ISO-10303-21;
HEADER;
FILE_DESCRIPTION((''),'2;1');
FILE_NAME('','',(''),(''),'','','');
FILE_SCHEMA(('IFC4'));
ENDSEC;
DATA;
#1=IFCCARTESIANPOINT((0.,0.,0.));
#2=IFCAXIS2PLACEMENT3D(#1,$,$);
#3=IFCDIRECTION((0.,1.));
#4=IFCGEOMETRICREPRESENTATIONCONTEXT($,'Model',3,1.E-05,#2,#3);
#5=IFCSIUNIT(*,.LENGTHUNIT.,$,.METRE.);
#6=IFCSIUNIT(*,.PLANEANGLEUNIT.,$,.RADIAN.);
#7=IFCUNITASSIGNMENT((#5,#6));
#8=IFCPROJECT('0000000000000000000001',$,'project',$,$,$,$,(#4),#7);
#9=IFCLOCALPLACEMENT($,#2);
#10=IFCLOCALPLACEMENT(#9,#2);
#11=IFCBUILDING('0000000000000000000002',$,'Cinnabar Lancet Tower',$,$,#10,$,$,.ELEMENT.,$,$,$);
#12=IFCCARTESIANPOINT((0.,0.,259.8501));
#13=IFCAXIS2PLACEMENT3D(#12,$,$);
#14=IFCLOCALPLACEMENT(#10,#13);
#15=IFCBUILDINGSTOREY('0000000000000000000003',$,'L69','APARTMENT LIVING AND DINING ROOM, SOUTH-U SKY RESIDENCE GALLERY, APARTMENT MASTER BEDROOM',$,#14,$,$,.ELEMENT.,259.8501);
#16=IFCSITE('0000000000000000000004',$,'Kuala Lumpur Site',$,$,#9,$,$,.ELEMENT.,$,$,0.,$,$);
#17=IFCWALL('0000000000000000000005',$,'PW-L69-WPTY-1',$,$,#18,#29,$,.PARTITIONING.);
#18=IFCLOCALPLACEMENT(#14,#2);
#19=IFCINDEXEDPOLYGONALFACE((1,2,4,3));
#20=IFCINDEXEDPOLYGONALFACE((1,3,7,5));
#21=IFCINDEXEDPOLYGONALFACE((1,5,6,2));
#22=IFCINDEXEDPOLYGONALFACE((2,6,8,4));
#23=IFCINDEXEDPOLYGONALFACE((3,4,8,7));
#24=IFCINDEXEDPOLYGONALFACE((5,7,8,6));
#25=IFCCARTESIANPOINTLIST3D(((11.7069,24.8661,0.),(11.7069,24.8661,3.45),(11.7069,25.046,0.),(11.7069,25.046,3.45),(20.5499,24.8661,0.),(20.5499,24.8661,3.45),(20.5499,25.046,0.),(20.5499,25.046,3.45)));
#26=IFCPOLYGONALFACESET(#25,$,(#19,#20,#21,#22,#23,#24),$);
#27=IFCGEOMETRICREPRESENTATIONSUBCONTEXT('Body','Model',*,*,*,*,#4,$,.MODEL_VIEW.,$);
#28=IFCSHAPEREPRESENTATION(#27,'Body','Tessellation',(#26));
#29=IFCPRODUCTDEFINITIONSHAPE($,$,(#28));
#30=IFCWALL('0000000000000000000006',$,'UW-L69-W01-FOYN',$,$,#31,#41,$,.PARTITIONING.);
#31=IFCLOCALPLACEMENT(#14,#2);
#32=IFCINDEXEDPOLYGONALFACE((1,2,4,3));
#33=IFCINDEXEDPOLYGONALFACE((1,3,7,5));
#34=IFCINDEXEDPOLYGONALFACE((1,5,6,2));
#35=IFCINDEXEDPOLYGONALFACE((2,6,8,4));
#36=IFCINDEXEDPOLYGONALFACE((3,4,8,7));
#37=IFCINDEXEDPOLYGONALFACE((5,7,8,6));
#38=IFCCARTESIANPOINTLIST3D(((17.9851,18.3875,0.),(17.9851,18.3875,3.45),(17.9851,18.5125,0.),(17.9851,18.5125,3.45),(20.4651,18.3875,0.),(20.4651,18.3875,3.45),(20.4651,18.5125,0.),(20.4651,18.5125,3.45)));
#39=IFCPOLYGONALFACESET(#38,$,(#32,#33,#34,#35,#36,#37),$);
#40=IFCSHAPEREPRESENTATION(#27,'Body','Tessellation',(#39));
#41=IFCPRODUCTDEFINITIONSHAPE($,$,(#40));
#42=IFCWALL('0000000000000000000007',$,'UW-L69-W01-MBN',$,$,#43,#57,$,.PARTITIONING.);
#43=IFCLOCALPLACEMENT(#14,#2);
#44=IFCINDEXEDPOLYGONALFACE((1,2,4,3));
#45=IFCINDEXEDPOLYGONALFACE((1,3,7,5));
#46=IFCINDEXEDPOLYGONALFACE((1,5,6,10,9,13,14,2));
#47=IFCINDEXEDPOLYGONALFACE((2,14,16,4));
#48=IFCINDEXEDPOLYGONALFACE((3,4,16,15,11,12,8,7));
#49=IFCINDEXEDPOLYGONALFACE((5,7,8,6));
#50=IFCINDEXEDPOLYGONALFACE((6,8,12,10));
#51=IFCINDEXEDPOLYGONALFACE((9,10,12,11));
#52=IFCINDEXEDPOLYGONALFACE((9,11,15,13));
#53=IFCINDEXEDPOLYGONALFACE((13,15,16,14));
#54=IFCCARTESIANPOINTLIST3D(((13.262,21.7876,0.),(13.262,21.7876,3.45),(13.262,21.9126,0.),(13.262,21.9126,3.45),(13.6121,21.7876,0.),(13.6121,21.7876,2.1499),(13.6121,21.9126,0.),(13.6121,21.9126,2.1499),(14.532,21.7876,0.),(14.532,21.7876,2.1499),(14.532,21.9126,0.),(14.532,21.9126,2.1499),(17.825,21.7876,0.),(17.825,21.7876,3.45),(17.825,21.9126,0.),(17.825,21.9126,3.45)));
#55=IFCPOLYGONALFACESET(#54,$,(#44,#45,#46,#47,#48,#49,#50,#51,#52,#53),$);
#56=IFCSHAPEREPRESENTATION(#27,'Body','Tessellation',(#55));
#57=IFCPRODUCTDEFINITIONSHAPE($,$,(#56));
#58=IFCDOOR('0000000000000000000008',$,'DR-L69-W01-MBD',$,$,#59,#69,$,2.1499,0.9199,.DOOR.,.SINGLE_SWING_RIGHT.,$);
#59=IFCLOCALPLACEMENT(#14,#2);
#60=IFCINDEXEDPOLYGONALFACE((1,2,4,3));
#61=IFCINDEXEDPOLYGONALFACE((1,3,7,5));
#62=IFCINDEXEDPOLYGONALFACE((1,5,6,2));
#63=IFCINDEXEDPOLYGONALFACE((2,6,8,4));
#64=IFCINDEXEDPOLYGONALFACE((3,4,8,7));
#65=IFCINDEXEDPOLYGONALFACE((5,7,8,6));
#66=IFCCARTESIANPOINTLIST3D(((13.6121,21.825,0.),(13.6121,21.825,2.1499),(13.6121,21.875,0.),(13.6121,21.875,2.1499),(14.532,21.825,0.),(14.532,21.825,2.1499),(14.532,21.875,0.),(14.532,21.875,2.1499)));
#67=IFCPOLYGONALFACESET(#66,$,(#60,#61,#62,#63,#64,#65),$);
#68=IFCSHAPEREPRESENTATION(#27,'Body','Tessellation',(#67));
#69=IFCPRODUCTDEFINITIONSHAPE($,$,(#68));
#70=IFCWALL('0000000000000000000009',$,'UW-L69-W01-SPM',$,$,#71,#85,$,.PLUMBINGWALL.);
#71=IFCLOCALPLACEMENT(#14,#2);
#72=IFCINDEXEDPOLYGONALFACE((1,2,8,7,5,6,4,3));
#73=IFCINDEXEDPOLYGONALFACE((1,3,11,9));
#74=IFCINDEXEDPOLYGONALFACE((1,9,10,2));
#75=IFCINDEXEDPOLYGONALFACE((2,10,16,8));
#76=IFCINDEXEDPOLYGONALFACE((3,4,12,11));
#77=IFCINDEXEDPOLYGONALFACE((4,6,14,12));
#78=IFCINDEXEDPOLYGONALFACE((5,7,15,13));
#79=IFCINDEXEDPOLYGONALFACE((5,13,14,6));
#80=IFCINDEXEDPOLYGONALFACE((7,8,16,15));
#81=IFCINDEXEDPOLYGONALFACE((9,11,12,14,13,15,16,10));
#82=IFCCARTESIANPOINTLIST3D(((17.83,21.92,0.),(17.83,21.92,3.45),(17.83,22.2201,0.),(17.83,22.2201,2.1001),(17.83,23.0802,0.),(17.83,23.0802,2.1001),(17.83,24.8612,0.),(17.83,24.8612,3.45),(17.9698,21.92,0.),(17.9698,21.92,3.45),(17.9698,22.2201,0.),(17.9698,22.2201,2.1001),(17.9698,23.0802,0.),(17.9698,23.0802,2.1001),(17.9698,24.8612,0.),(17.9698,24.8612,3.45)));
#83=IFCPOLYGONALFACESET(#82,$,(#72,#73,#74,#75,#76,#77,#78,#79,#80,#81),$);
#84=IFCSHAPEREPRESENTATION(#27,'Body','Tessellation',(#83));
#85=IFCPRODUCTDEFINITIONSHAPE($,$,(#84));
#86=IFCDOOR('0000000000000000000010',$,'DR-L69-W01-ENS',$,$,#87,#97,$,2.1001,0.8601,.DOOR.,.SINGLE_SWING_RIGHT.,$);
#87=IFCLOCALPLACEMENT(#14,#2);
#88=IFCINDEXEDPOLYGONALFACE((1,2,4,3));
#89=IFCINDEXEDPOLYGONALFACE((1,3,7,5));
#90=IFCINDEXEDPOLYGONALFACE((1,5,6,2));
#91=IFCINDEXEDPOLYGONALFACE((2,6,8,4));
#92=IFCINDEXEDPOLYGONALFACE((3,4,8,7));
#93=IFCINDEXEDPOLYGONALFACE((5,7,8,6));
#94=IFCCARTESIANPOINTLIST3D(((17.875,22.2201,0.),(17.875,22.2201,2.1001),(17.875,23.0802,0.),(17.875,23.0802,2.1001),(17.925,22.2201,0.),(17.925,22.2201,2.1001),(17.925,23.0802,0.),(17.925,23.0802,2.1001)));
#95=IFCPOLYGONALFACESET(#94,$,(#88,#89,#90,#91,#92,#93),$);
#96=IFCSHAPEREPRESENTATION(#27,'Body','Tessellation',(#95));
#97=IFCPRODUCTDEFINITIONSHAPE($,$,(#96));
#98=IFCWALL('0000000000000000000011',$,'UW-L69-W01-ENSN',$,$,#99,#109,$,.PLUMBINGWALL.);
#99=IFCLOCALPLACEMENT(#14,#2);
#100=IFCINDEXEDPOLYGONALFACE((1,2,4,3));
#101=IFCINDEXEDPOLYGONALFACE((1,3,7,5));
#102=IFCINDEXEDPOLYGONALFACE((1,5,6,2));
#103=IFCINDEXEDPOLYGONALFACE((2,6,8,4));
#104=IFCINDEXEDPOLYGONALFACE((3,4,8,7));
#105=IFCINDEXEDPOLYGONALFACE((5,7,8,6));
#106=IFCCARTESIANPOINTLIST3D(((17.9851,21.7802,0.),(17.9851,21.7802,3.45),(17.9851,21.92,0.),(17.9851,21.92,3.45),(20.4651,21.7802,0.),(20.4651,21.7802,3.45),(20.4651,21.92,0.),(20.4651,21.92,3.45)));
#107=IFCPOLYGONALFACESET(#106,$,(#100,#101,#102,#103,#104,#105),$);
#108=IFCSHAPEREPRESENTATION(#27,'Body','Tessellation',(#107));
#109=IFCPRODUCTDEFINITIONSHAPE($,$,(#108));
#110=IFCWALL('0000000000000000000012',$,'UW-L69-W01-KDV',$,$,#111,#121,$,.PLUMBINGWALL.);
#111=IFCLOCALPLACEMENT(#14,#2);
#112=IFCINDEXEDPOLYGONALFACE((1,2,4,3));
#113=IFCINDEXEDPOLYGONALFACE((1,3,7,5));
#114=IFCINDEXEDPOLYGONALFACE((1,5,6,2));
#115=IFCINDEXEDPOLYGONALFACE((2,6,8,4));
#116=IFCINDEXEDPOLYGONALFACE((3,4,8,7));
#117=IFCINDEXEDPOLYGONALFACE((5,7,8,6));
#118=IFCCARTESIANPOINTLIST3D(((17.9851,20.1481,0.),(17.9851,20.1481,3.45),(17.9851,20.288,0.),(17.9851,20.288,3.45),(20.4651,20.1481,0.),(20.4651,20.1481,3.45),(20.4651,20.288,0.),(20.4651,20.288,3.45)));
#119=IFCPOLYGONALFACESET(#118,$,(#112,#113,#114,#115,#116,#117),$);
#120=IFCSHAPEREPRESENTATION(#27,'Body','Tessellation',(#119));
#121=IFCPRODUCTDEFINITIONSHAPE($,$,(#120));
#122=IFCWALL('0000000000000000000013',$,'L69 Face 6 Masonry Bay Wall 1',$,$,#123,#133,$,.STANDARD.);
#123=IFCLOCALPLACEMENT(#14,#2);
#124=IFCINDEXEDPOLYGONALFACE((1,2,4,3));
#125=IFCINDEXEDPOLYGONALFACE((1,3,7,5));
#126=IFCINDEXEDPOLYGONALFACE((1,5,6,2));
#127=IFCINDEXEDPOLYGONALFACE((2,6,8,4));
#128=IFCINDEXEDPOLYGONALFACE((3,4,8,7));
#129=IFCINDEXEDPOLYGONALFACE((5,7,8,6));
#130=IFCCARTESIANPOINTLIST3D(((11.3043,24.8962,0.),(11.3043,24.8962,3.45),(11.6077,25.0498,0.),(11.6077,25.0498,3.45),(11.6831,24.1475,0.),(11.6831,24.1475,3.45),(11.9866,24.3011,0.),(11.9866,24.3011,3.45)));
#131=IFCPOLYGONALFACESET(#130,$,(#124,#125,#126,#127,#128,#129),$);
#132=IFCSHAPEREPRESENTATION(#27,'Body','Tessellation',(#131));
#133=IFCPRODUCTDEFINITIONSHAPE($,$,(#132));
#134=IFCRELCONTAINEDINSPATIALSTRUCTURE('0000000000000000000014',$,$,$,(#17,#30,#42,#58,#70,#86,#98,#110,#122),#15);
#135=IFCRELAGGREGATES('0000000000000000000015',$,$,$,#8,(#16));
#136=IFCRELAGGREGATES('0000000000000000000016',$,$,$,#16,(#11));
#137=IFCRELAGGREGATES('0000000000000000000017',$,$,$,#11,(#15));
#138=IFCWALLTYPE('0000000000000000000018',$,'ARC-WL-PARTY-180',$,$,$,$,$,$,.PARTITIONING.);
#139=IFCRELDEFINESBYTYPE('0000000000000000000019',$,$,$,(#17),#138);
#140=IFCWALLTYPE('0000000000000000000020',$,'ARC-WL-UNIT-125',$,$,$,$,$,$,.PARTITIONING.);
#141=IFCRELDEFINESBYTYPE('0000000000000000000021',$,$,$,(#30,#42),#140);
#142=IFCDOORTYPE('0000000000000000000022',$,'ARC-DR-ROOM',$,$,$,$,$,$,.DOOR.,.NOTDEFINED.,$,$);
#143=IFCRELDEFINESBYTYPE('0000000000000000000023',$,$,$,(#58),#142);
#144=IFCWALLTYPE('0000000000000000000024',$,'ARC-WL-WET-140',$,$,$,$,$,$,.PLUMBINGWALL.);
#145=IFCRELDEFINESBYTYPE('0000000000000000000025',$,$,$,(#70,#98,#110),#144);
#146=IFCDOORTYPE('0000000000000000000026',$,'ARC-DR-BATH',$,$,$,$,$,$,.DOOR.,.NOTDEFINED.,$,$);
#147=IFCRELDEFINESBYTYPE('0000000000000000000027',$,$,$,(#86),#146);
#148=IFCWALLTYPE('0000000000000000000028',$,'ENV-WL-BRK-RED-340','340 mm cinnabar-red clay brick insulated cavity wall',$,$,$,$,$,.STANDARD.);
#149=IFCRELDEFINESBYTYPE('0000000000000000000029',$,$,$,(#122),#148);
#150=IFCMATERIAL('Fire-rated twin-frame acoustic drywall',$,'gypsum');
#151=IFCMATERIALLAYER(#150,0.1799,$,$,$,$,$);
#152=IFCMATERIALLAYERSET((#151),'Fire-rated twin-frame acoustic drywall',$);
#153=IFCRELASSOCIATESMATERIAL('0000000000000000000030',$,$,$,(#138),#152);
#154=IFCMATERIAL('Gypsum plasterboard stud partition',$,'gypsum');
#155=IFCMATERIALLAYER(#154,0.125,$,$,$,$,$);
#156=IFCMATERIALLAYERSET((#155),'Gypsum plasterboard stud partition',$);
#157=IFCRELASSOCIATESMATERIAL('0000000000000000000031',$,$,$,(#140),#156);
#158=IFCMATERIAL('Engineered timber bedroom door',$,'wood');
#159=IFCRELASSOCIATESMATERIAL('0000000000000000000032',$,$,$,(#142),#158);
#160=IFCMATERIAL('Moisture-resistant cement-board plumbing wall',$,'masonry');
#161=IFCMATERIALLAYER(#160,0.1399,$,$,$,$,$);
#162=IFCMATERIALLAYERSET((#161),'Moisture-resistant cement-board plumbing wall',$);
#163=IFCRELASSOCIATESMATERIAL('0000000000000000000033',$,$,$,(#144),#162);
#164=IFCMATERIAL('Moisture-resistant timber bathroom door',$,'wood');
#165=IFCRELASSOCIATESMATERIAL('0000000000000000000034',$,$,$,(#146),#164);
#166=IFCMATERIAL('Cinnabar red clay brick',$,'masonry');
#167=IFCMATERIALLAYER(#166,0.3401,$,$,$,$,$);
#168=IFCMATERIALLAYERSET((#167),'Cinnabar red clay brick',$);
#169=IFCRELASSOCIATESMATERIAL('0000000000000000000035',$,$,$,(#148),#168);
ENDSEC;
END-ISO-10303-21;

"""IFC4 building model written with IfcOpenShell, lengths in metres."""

from ifc_helpers import new_model, si_unit, direction, frame, frame_2d, origin, place, context, subcontext, project, spatial, rectangle, extrude, material, layer, layer_set, type_object, element, fill, save


model = new_model("IFC4")

# Units and contexts
model_context = context("Model", 3, precision=1e-05, world=origin(), true_north=direction((0.0, 1.0)))
body_context = subcontext(model_context, "Body", "Model", "MODEL_VIEW")
ifc_project = project(units=[si_unit("LENGTHUNIT", "METRE"), si_unit("PLANEANGLEUNIT", "RADIAN")], contexts=[model_context])

# Site, building, storey
site_placement = place(None, origin())
site = spatial("IfcSite", under=ifc_project, at=site_placement, Name="Kuala Lumpur Site", CompositionType="ELEMENT", RefElevation=0.0)
building_placement = place(site_placement, origin())
building = spatial("IfcBuilding", under=site, at=building_placement, Name="Cinnabar Lancet Tower", CompositionType="ELEMENT")
storey_placement = place(building_placement, frame((0.0, 0.0, 259.8501)))
storey = spatial("IfcBuildingStorey", under=building, at=storey_placement, Name="L69", Description="APARTMENT LIVING AND DINING ROOM, SOUTH-U SKY RESIDENCE GALLERY, APARTMENT MASTER BEDROOM", CompositionType="ELEMENT", Elevation=259.8501)

# Walls
ifc_material_1 = material(Name="Fire-rated twin-frame acoustic drywall", Category="gypsum")
ifc_layer_1 = layer(ifc_material_1, 0.1799)
ifc_layer_set_1 = layer_set([ifc_layer_1], Name="Fire-rated twin-frame acoustic drywall")
wall_type_1 = type_object("IfcWallType", Name="ARC-WL-PARTY-180", PredefinedType="PARTITIONING", material=ifc_layer_set_1)
wall_1_placement = place(storey_placement, frame((11.707, 24.9561, 0.0), z_axis=(0.0, 0.0, 1.0), x_axis=(1.0, 0.0, 0.0)))
element("IfcWall", 1, at=wall_1_placement, inside=storey, type_object=wall_type_1, Name="PW-L69-WPTY-1", PredefinedType="PARTITIONING", context=body_context, shape_type="SweptSolid", body=[
    extrude(rectangle(XDim=8.843, YDim=0.1799, at=frame_2d((4.4214, 0.0))), origin(), (0.0, 0.0, 1.0), 3.45),
])
ifc_material_2 = material(Name="Gypsum plasterboard stud partition", Category="gypsum")
ifc_layer_2 = layer(ifc_material_2, 0.125)
ifc_layer_set_2 = layer_set([ifc_layer_2], Name="Gypsum plasterboard stud partition")
wall_type_2 = type_object("IfcWallType", Name="ARC-WL-UNIT-125", PredefinedType="PARTITIONING", material=ifc_layer_set_2)
wall_2_placement = place(storey_placement, frame((17.9851, 18.45, 0.0), z_axis=(0.0, 0.0, 1.0), x_axis=(1.0, 0.0, 0.0)))
element("IfcWall", 2, at=wall_2_placement, inside=storey, type_object=wall_type_2, Name="UW-L69-W01-FOYN", PredefinedType="PARTITIONING", context=body_context, shape_type="SweptSolid", body=[
    extrude(rectangle(XDim=2.48, YDim=0.125, at=frame_2d((1.24, 0.0))), origin(), (0.0, 0.0, 1.0), 3.45),
])

# Walls, openings, doors
wall_3_placement = place(storey_placement, frame((13.262, 21.8501, 0.0), z_axis=(0.0, 0.0, 1.0), x_axis=(1.0, 0.0, 0.0)))
wall_3 = element("IfcWall", 3, at=wall_3_placement, inside=storey, type_object=wall_type_2, Name="UW-L69-W01-MBN", PredefinedType="PARTITIONING", context=body_context, shape_type="SweptSolid", body=[
    extrude(rectangle(XDim=4.563, YDim=0.125, at=frame_2d((2.2815, 0.0))), origin(), (0.0, 0.0, 1.0), 3.45),
])
opening_1_placement = place(wall_3_placement, frame((0.3501, 0.0, 0.0)))
opening_1 = element("IfcOpeningElement", 4, at=opening_1_placement, cuts=wall_3, PredefinedType="OPENING", context=body_context, shape_type="SweptSolid", body=[
    extrude(rectangle(XDim=0.9199, YDim=2.1499, at=frame_2d((0.46, 1.075))), frame((0.0, 0.0725, 0.0), z_axis=(0.0, -1.0, 0.0), x_axis=(1.0, 0.0, 0.0)), (0.0, 0.0, 1.0), 0.145),
])
ifc_material_3 = material(Name="Engineered timber bedroom door", Category="wood")
door_type_1 = type_object("IfcDoorType", Name="ARC-DR-ROOM", OperationType="NOTDEFINED", PredefinedType="DOOR", material=ifc_material_3)
door_1_placement = place(opening_1_placement, origin())
door_1 = element("IfcDoor", 5, at=door_1_placement, inside=storey, type_object=door_type_1, Name="DR-L69-W01-MBD", OperationType="SINGLE_SWING_RIGHT", OverallHeight=2.1499, OverallWidth=0.9199, PredefinedType="DOOR", context=body_context, shape_type="SweptSolid", body=[
    extrude(rectangle(XDim=0.9199, YDim=2.1499, at=frame_2d((0.46, 1.075))), frame((0.0, 0.0249, 0.0), z_axis=(0.0, -1.0, 0.0), x_axis=(1.0, 0.0, 0.0)), (0.0, 0.0, 1.0), 0.05),
])
fill(opening_1, door_1)
ifc_material_4 = material(Name="Moisture-resistant cement-board plumbing wall", Category="masonry")
ifc_layer_3 = layer(ifc_material_4, 0.1399)
ifc_layer_set_3 = layer_set([ifc_layer_3], Name="Moisture-resistant cement-board plumbing wall")
wall_type_3 = type_object("IfcWallType", Name="ARC-WL-WET-140", PredefinedType="PLUMBINGWALL", material=ifc_layer_set_3)
wall_4_placement = place(storey_placement, frame((17.8999, 21.9199, 0.0), z_axis=(0.0, 0.0, 1.0), x_axis=(0.0, 1.0, 0.0)))
wall_4 = element("IfcWall", 6, at=wall_4_placement, inside=storey, type_object=wall_type_3, Name="UW-L69-W01-SPM", PredefinedType="PLUMBINGWALL", context=body_context, shape_type="SweptSolid", body=[
    extrude(rectangle(XDim=2.9412, YDim=0.1399, at=frame_2d((1.4707, 0.0))), origin(), (0.0, 0.0, 1.0), 3.45),
])
opening_2_placement = place(wall_4_placement, frame((0.3, 0.0, 0.0)))
opening_2 = element("IfcOpeningElement", 7, at=opening_2_placement, cuts=wall_4, PredefinedType="OPENING", context=body_context, shape_type="SweptSolid", body=[
    extrude(rectangle(XDim=0.8601, YDim=2.1001, at=frame_2d((0.4302, 1.05))), frame((0.0, 0.0798, 0.0), z_axis=(0.0, -1.0, 0.0), x_axis=(1.0, 0.0, 0.0)), (0.0, 0.0, 1.0), 0.1599),
])
ifc_material_5 = material(Name="Moisture-resistant timber bathroom door", Category="wood")
door_type_2 = type_object("IfcDoorType", Name="ARC-DR-BATH", OperationType="NOTDEFINED", PredefinedType="DOOR", material=ifc_material_5)
door_2_placement = place(opening_2_placement, origin())
door_2 = element("IfcDoor", 8, at=door_2_placement, inside=storey, type_object=door_type_2, Name="DR-L69-W01-ENS", OperationType="SINGLE_SWING_RIGHT", OverallHeight=2.1001, OverallWidth=0.8601, PredefinedType="DOOR", context=body_context, shape_type="SweptSolid", body=[
    extrude(rectangle(XDim=0.8601, YDim=2.1001, at=frame_2d((0.4302, 1.05))), frame((0.0, 0.0249, 0.0), z_axis=(0.0, -1.0, 0.0), x_axis=(1.0, 0.0, 0.0)), (0.0, 0.0, 1.0), 0.05),
])
fill(opening_2, door_2)

# Walls
for number, where, z_axis, x_axis, name in (
    (9, (17.9851, 21.8501, 0.0), (0.0, 0.0, 1.0), (1.0, 0.0, 0.0), "UW-L69-W01-ENSN"),
    (10, (17.9851, 20.218, 0.0), (0.0, 0.0, 1.0), (1.0, 0.0, 0.0), "UW-L69-W01-KDV"),
):
    element("IfcWall", number, at=place(storey_placement, frame(where, z_axis=z_axis, x_axis=x_axis)), inside=storey, type_object=wall_type_3, Name=name, PredefinedType="PLUMBINGWALL", context=body_context, shape_type="SweptSolid", body=[
        extrude(rectangle(XDim=2.48, YDim=0.1399, at=frame_2d((1.24, 0.0))), origin(), (0.0, 0.0, 1.0), 3.45),
    ])
ifc_material_6 = material(Name="Cinnabar red clay brick", Category="masonry")
ifc_layer_4 = layer(ifc_material_6, 0.3401)
ifc_layer_set_4 = layer_set([ifc_layer_4], Name="Cinnabar red clay brick")
wall_type_4 = type_object("IfcWallType", Name="ENV-WL-BRK-RED-340", Description="340 mm cinnabar-red clay brick insulated cavity wall", PredefinedType="STANDARD", material=ifc_layer_set_4)
wall_5_placement = place(storey_placement, frame((11.4561, 24.9729, 0.0), z_axis=(0.0, 0.0, 1.0), x_axis=(0.451514, -0.892264, 0.0)))
element("IfcWall", 11, at=wall_5_placement, inside=storey, type_object=wall_type_4, Name="L69 Face 6 Masonry Bay Wall 1", PredefinedType="STANDARD", context=body_context, shape_type="SweptSolid", body=[
    extrude(rectangle(XDim=0.8391, YDim=0.3401, at=frame_2d((0.4194, 0.0))), origin(), (0.0, 0.0, 1.0), 3.45),
])

save(model, "model.ifc")
